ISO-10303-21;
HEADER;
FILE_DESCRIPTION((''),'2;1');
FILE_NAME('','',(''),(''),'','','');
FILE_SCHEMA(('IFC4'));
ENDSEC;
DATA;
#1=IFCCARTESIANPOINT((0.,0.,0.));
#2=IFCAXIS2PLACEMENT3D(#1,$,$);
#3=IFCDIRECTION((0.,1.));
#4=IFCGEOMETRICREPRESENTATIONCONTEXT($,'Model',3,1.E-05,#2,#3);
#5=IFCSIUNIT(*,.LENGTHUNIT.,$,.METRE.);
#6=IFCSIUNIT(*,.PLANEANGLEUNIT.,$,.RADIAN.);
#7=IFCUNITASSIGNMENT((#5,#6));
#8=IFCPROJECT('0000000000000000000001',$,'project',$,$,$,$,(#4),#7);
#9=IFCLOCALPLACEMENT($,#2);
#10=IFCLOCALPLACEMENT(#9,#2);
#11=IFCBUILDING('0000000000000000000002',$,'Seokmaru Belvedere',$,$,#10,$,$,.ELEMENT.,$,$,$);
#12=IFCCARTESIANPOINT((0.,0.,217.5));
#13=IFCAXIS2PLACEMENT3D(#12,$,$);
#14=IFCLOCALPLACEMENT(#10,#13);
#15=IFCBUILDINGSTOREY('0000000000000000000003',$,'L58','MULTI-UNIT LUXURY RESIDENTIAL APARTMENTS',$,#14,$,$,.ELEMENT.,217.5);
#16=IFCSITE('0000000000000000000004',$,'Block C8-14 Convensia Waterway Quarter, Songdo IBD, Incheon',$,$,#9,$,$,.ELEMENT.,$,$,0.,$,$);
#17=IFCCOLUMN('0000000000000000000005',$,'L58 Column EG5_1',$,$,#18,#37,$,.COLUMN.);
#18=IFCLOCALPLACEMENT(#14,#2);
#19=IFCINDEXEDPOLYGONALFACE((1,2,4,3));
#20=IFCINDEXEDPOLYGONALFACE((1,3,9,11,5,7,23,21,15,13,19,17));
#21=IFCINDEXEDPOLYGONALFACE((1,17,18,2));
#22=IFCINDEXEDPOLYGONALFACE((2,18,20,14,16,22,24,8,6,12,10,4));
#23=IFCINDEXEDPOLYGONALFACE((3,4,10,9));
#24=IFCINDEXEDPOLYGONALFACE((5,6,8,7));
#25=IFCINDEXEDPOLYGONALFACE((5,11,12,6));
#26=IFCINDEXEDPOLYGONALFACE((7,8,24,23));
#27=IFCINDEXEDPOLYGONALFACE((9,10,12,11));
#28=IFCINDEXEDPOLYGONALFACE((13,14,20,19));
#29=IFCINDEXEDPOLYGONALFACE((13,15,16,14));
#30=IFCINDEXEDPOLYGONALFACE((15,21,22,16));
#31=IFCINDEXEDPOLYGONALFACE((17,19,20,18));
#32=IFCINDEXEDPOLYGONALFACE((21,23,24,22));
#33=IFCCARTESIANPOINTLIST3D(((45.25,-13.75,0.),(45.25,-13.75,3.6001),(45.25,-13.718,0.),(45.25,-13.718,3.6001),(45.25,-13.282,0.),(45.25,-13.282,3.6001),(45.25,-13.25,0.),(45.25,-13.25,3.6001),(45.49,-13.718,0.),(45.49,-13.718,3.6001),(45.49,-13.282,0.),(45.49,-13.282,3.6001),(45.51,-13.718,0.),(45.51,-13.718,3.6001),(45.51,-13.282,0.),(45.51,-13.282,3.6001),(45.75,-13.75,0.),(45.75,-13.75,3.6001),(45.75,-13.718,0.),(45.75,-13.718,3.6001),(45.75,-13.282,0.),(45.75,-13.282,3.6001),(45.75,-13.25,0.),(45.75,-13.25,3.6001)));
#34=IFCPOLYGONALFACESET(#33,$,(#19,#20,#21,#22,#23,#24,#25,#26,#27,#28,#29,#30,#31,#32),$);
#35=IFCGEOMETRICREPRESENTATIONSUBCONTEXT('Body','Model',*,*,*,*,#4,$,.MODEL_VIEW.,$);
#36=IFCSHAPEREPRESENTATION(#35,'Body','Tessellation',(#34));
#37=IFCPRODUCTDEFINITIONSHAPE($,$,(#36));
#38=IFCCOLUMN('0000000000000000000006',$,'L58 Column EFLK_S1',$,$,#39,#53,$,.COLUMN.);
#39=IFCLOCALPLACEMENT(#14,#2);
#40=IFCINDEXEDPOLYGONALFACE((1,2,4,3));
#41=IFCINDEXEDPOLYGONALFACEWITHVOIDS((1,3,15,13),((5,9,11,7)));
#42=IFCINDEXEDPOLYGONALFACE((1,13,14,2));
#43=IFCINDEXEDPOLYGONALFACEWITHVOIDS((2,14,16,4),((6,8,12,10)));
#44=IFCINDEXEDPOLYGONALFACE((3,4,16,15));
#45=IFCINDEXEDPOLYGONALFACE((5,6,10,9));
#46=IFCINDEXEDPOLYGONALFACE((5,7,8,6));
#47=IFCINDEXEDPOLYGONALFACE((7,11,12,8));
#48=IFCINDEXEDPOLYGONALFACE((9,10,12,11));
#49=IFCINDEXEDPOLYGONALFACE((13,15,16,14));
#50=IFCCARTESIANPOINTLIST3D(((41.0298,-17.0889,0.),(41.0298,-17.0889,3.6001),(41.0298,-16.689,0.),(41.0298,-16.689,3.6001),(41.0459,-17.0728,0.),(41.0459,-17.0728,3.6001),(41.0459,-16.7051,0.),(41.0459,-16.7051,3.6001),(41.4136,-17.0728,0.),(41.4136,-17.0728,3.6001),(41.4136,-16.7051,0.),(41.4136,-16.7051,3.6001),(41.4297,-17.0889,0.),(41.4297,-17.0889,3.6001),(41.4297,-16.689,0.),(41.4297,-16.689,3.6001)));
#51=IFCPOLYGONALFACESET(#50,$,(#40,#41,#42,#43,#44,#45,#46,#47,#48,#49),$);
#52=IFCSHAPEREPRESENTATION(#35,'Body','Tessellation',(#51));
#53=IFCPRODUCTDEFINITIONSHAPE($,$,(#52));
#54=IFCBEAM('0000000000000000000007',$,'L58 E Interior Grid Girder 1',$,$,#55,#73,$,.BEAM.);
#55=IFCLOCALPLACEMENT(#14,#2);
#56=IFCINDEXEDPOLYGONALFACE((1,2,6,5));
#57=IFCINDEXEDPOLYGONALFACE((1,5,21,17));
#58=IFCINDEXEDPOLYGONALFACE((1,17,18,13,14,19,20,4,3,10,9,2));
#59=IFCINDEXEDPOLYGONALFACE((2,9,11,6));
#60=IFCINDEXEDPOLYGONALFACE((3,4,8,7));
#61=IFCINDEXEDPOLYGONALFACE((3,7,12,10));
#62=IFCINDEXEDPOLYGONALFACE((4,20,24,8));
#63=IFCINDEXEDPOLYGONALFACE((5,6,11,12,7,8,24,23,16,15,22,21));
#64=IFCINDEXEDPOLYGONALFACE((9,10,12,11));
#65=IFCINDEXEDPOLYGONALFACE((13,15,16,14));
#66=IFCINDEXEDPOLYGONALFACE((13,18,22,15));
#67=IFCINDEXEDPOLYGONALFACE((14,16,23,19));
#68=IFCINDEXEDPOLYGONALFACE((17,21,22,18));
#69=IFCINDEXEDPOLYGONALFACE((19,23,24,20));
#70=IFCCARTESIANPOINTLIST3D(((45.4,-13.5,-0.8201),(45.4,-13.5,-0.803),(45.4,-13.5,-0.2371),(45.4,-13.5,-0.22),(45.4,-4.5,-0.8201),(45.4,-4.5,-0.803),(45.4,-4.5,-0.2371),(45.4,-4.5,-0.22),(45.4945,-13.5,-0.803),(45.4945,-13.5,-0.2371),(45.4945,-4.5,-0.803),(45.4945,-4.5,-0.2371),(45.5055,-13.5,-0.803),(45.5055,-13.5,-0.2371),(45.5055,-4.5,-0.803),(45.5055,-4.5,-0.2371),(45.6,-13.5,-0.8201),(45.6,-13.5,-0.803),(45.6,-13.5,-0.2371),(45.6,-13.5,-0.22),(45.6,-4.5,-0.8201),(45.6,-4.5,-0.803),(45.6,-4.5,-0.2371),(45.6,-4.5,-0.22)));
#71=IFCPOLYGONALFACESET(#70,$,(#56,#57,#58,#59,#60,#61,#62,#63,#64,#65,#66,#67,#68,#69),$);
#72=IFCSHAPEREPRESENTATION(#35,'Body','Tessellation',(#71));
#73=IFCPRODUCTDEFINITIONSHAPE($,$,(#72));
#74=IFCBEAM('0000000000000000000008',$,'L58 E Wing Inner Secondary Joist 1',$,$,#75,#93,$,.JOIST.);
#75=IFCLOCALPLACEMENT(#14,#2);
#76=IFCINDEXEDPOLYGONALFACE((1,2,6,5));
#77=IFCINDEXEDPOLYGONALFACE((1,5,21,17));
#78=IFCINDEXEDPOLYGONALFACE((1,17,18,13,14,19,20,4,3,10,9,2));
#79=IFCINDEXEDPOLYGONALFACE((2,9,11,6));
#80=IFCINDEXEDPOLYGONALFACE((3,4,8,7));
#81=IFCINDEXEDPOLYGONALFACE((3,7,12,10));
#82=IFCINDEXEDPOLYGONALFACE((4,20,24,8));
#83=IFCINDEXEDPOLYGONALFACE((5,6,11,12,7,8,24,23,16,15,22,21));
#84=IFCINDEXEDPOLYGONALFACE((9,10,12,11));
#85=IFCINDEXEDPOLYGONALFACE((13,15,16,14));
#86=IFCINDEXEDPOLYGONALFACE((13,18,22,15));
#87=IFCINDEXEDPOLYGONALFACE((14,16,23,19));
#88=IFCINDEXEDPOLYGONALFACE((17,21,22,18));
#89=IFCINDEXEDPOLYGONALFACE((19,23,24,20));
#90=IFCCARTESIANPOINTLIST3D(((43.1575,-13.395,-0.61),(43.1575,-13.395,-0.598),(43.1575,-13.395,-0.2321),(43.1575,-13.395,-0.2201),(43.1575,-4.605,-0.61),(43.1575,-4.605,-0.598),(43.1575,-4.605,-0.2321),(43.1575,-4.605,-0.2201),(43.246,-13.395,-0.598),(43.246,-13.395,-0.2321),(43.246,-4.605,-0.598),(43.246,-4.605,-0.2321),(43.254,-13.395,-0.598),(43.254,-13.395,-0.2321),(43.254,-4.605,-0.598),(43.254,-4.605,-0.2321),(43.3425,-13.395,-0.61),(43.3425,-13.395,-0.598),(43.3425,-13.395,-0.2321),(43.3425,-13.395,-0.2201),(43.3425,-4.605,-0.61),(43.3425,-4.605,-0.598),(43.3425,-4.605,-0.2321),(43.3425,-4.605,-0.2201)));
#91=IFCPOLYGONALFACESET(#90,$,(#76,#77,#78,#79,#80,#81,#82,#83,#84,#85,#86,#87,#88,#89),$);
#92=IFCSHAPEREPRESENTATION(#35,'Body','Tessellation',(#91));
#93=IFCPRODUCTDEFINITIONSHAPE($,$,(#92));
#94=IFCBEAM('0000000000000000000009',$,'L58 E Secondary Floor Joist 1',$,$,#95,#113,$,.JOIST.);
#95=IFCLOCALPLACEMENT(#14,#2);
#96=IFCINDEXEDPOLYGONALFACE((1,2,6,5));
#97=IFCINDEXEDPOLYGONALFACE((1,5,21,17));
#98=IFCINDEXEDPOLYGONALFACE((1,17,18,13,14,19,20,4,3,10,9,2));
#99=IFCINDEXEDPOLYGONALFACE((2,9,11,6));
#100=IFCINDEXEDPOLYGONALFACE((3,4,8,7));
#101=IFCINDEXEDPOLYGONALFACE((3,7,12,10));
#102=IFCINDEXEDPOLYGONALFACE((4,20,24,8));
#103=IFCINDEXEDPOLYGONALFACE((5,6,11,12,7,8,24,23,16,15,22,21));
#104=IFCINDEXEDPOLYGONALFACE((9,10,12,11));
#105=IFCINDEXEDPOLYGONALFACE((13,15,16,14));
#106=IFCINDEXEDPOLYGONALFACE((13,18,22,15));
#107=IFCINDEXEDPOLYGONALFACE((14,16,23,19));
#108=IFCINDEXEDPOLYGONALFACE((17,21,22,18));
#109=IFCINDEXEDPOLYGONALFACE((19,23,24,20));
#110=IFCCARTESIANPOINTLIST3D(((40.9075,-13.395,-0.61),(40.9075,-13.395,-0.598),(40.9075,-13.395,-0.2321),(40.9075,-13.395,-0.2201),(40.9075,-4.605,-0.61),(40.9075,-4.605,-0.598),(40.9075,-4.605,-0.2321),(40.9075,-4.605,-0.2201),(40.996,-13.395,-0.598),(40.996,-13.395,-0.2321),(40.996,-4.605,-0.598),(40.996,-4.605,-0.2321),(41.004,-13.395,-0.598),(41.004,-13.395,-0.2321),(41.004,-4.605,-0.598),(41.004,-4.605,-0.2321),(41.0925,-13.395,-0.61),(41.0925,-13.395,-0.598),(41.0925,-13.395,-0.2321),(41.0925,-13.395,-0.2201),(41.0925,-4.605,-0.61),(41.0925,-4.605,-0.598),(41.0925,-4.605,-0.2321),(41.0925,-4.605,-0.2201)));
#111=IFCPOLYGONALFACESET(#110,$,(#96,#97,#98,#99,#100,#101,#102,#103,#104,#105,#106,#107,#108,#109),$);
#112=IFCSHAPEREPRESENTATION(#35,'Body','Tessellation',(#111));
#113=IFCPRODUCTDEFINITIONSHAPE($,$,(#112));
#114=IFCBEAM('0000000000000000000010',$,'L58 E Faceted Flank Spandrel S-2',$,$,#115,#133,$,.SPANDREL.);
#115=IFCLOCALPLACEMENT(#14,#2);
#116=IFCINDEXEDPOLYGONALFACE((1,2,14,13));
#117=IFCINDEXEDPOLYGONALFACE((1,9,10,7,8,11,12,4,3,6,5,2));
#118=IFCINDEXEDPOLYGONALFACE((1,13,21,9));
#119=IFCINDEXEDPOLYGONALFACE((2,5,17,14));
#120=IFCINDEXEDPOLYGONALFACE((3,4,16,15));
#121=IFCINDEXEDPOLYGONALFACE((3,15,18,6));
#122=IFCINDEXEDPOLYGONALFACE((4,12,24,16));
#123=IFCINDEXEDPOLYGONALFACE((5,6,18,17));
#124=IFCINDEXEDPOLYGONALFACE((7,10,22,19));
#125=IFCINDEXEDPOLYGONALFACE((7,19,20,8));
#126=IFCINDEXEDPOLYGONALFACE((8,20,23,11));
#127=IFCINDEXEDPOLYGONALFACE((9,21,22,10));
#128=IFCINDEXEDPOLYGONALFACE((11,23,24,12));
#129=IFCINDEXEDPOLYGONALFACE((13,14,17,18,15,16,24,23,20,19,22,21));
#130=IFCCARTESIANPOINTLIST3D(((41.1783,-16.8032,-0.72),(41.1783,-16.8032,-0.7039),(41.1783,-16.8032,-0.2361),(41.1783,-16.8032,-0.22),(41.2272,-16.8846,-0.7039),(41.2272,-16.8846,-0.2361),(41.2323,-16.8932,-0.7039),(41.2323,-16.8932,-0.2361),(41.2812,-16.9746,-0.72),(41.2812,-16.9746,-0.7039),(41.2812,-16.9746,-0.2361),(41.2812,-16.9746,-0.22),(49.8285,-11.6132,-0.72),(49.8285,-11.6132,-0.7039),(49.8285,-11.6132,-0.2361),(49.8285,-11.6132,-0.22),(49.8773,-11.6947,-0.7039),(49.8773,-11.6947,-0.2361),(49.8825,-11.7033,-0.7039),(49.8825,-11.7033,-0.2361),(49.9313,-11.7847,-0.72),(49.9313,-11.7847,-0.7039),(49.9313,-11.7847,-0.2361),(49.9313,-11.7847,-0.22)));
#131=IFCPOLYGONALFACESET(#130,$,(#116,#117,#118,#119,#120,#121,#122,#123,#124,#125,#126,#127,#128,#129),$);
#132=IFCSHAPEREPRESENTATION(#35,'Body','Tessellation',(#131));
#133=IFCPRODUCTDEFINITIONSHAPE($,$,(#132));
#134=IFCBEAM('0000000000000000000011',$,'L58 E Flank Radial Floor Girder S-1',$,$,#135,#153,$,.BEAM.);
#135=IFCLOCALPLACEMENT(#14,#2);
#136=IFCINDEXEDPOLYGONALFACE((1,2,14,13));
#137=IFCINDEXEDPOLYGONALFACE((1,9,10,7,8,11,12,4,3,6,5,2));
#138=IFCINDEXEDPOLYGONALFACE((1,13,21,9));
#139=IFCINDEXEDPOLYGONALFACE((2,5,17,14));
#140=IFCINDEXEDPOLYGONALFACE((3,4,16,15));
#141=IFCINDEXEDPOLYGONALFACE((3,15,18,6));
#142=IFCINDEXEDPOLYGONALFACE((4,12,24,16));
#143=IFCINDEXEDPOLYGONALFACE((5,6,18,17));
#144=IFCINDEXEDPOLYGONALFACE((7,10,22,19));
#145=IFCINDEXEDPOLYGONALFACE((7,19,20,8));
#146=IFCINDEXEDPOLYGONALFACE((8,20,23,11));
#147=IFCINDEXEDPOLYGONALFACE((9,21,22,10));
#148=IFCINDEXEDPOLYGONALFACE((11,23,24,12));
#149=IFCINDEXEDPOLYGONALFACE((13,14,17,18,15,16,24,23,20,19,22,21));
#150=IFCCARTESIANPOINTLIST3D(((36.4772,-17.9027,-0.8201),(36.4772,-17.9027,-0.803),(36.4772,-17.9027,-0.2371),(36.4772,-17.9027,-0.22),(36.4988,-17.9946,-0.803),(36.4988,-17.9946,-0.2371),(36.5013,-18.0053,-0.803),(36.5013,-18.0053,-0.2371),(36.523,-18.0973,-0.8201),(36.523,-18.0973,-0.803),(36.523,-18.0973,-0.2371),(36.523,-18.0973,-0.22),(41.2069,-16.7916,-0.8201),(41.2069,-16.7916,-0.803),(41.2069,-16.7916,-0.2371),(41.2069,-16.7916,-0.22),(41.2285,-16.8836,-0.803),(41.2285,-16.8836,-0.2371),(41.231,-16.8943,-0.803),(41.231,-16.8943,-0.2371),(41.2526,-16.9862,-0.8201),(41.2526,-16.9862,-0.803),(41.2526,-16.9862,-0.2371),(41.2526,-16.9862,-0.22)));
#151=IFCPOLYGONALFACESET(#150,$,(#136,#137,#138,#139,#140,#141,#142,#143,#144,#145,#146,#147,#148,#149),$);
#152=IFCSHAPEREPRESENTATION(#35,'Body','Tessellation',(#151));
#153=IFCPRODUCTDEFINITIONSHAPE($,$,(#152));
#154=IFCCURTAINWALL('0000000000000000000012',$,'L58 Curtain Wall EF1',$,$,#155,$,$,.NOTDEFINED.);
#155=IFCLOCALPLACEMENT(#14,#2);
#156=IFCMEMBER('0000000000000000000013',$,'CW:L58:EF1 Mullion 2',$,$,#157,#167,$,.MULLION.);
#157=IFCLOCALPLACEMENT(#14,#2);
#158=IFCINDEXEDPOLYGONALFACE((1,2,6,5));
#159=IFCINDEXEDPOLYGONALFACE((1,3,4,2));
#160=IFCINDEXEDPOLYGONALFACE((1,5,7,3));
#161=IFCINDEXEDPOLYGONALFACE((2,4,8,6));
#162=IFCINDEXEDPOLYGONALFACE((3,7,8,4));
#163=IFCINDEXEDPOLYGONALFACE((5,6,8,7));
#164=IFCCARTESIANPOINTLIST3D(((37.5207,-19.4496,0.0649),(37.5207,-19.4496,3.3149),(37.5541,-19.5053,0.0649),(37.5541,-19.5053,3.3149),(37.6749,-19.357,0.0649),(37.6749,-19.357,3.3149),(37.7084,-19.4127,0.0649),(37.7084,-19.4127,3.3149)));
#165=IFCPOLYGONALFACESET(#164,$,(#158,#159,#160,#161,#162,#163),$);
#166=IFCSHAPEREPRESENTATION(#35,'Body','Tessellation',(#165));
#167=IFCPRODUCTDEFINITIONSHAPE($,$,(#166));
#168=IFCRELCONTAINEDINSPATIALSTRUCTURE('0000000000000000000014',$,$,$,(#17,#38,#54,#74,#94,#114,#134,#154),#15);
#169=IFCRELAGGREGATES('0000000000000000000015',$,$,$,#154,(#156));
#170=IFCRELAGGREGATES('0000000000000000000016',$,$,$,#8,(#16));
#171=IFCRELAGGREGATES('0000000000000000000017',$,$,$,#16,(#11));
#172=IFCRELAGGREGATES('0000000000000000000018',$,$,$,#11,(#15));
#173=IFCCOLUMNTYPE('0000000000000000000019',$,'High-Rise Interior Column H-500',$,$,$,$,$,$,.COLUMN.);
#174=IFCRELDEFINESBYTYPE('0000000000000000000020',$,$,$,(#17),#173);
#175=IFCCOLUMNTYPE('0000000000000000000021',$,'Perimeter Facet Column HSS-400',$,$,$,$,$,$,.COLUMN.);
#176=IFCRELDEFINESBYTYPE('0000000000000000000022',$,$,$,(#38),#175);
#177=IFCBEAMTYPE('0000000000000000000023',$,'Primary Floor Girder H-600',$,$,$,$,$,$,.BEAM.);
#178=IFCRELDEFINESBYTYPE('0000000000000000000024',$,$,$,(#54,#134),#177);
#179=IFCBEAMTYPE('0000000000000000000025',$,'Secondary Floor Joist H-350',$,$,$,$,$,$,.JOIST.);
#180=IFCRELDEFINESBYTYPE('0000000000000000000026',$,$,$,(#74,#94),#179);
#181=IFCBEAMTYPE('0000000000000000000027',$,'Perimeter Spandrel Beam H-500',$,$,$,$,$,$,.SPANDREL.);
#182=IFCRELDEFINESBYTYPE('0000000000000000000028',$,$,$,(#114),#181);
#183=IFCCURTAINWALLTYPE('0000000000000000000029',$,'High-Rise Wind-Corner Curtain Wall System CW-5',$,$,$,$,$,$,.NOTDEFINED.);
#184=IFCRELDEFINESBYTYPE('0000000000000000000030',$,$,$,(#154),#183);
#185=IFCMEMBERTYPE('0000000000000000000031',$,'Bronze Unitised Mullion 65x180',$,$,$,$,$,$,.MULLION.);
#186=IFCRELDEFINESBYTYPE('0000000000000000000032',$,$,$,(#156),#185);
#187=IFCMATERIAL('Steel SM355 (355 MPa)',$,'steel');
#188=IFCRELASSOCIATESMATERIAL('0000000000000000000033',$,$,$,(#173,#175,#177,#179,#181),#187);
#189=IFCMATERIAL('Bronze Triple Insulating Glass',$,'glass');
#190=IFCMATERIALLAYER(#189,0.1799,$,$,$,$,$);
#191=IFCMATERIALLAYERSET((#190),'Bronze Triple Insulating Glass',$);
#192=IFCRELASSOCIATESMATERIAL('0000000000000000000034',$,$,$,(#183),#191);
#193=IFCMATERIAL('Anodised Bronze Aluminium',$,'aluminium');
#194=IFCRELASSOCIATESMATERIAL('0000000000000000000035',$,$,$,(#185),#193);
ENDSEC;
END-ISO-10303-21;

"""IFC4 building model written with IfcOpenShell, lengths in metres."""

from ifc_helpers import new_model, si_unit, direction, frame, origin, origin_2d, place, context, subcontext, project, spatial, rectangle, hollow_rectangle, i_section, extrude, source, transform, mapped, material, layer, layer_set, material_profile, profile_set, type_object, type_shapes, element, aggregate, save


model = new_model("IFC4")

# Units and contexts
model_context = context("Model", 3, precision=1e-05, world=origin(), true_north=direction((0.0, 1.0)))
body_context = subcontext(model_context, "Body", "Model", "MODEL_VIEW")
ifc_project = project(units=[si_unit("LENGTHUNIT", "METRE"), si_unit("PLANEANGLEUNIT", "RADIAN")], contexts=[model_context])

# Site, building, storey
site_placement = place(None, origin())
site = spatial("IfcSite", under=ifc_project, at=site_placement, Name="Block C8-14 Convensia Waterway Quarter, Songdo IBD, Incheon", CompositionType="ELEMENT", RefElevation=0.0)
building_placement = place(site_placement, origin())
building = spatial("IfcBuilding", under=site, at=building_placement, Name="Seokmaru Belvedere", CompositionType="ELEMENT")
storey_placement = place(building_placement, frame((0.0, 0.0, 217.5)))
storey = spatial("IfcBuildingStorey", under=building, at=storey_placement, Name="L58", Description="MULTI-UNIT LUXURY RESIDENTIAL APARTMENTS", CompositionType="ELEMENT", Elevation=217.5)

# Columns
ifc_material_1 = material(Name="Steel SM355 (355 MPa)", Category="steel")
ifc_material_profile_1 = material_profile(ifc_material_1, i_section(OverallWidth=0.5, OverallDepth=0.5, WebThickness=0.02, FlangeThickness=0.032, at=origin_2d()), Name="H-500x500x20x32")
ifc_profile_set_1 = profile_set([ifc_material_profile_1], Name="Steel SM355 (355 MPa)")
column_type_1 = type_object("IfcColumnType", Name="High-Rise Interior Column H-500", PredefinedType="COLUMN", material=ifc_profile_set_1)
shared_shape_1 = source(origin(), body_context, "Body", "SweptSolid", [
    extrude(i_section(OverallWidth=0.5, OverallDepth=0.5, WebThickness=0.02, FlangeThickness=0.032, at=origin_2d()), origin(), (0.0, 0.0, 1.0), 3.6001),
])
type_shapes(column_type_1, [shared_shape_1])
column_1_placement = place(storey_placement, frame((45.5, -13.5, 0.0), z_axis=(0.0, 0.0, 1.0), x_axis=(1.0, 0.0, 0.0)))
element("IfcColumn", 1, at=column_1_placement, inside=storey, type_object=column_type_1, Name="L58 Column EG5_1", PredefinedType="COLUMN", context=body_context, shape_type="MappedRepresentation", body=[
    mapped(shared_shape_1, transform((0.0, 0.0, 0.0), scale=1.0)),
])
ifc_material_profile_2 = material_profile(ifc_material_1, hollow_rectangle(XDim=0.3999, YDim=0.3999, WallThickness=0.0161, at=origin_2d()), Name="HSS-400x400x16")
ifc_profile_set_2 = profile_set([ifc_material_profile_2], Name="Steel SM355 (355 MPa)")
column_type_2 = type_object("IfcColumnType", Name="Perimeter Facet Column HSS-400", PredefinedType="COLUMN", material=ifc_profile_set_2)
shared_shape_2 = source(origin(), body_context, "Body", "SweptSolid", [
    extrude(hollow_rectangle(XDim=0.3999, YDim=0.3999, WallThickness=0.0161, at=origin_2d()), origin(), (0.0, 0.0, 1.0), 3.6001),
])
type_shapes(column_type_2, [shared_shape_2])
column_2_placement = place(storey_placement, frame((41.2297, -16.8889, 0.0), z_axis=(0.0, 0.0, 1.0), x_axis=(1.0, 0.0, 0.0)))
element("IfcColumn", 2, at=column_2_placement, inside=storey, type_object=column_type_2, Name="L58 Column EFLK_S1", PredefinedType="COLUMN", context=body_context, shape_type="MappedRepresentation", body=[
    mapped(shared_shape_2, transform((0.0, 0.0, 0.0), scale=1.0)),
])

# Beams
ifc_material_profile_3 = material_profile(ifc_material_1, i_section(OverallWidth=0.2, OverallDepth=0.6001, WebThickness=0.011, FlangeThickness=0.0171, at=origin_2d()), Name="H-600x200x11x17")
ifc_profile_set_3 = profile_set([ifc_material_profile_3], Name="Steel SM355 (355 MPa)")
beam_type_1 = type_object("IfcBeamType", Name="Primary Floor Girder H-600", PredefinedType="BEAM", material=ifc_profile_set_3)
shared_shape_3 = source(origin(), body_context, "Body", "SweptSolid", [
    extrude(i_section(OverallWidth=0.2, OverallDepth=0.6001, WebThickness=0.011, FlangeThickness=0.0171, at=origin_2d()), origin(), (0.0, 0.0, 1.0), 9.0),
])
beam_1_placement = place(storey_placement, frame((45.5, -13.5, -0.52), z_axis=(0.0, 1.0, 0.0), x_axis=(-1.0, 0.0, 0.0)))
element("IfcBeam", 3, at=beam_1_placement, inside=storey, type_object=beam_type_1, Name="L58 E Interior Grid Girder 1", PredefinedType="BEAM", context=body_context, shape_type="MappedRepresentation", body=[
    mapped(shared_shape_3, transform((0.0, 0.0, 0.0), scale=1.0)),
])
ifc_material_profile_4 = material_profile(ifc_material_1, i_section(OverallWidth=0.1851, OverallDepth=0.3899, WebThickness=0.0081, FlangeThickness=0.012, at=origin_2d()), Name="H-390x185x8x12")
ifc_profile_set_4 = profile_set([ifc_material_profile_4], Name="Steel SM355 (355 MPa)")
beam_type_2 = type_object("IfcBeamType", Name="Secondary Floor Joist H-350", PredefinedType="JOIST", material=ifc_profile_set_4)
shared_shape_4 = source(origin(), body_context, "Body", "SweptSolid", [
    extrude(i_section(OverallWidth=0.1851, OverallDepth=0.3899, WebThickness=0.0081, FlangeThickness=0.012, at=origin_2d()), origin(), (0.0, 0.0, 1.0), 8.79),
])
type_shapes(beam_type_2, [shared_shape_4])
for number, where, z_axis, x_axis, name in (
    (4, (43.25, -13.395, -0.415), (0.0, 1.0, 0.0), (-1.0, 0.0, 0.0), "L58 E Wing Inner Secondary Joist 1"),
    (5, (41.0, -13.395, -0.415), (0.0, 1.0, 0.0), (-1.0, 0.0, 0.0), "L58 E Secondary Floor Joist 1"),
):
    element("IfcBeam", number, at=place(storey_placement, frame(where, z_axis=z_axis, x_axis=x_axis)), inside=storey, type_object=beam_type_2, Name=name, PredefinedType="JOIST", context=body_context, shape_type="MappedRepresentation", body=[
        mapped(shared_shape_4, transform((0.0, 0.0, 0.0), scale=1.0)),
    ])
ifc_material_profile_5 = material_profile(ifc_material_1, i_section(OverallWidth=0.2, OverallDepth=0.5, WebThickness=0.01, FlangeThickness=0.0161, at=origin_2d()), Name="H-500x200x10x16")
ifc_profile_set_5 = profile_set([ifc_material_profile_5], Name="Steel SM355 (355 MPa)")
beam_type_3 = type_object("IfcBeamType", Name="Perimeter Spandrel Beam H-500", PredefinedType="SPANDREL", material=ifc_profile_set_5)
shared_shape_5 = source(origin(), body_context, "Body", "SweptSolid", [
    extrude(i_section(OverallWidth=0.2, OverallDepth=0.5, WebThickness=0.01, FlangeThickness=0.0161, at=origin_2d()), origin(), (0.0, 0.0, 1.0), 10.0876),
])
type_shapes(beam_type_3, [shared_shape_5])
beam_2_placement = place(storey_placement, frame((41.2297, -16.8889, -0.47), z_axis=(0.857499, 0.514485, 0.0), x_axis=(-0.514485, 0.857499, 0.0)))
element("IfcBeam", 6, at=beam_2_placement, inside=storey, type_object=beam_type_3, Name="L58 E Faceted Flank Spandrel S-2", PredefinedType="SPANDREL", context=body_context, shape_type="MappedRepresentation", body=[
    mapped(shared_shape_5, transform((0.0, 0.0, 0.0), scale=1.0)),
])
shared_shape_6 = source(origin(), body_context, "Body", "SweptSolid", [
    extrude(i_section(OverallWidth=0.2, OverallDepth=0.6001, WebThickness=0.011, FlangeThickness=0.0171, at=origin_2d()), origin(), (0.0, 0.0, 1.0), 4.8584),
])
type_shapes(beam_type_1, [shared_shape_3, shared_shape_6])
beam_3_placement = place(storey_placement, frame((41.2297, -16.8889, -0.52), z_axis=(-0.973499, -0.228689, 0.0), x_axis=(0.228689, -0.973499, 0.0)))
element("IfcBeam", 7, at=beam_3_placement, inside=storey, type_object=beam_type_1, Name="L58 E Flank Radial Floor Girder S-1", PredefinedType="BEAM", context=body_context, shape_type="MappedRepresentation", body=[
    mapped(shared_shape_6, transform((0.0, 0.0, 0.0), scale=1.0)),
])

# Curtain wall, member
ifc_material_2 = material(Name="Bronze Triple Insulating Glass", Category="glass")
ifc_layer_1 = layer(ifc_material_2, 0.1799)
ifc_layer_set_1 = layer_set([ifc_layer_1], Name="Bronze Triple Insulating Glass")
curtain_wall_type = type_object("IfcCurtainWallType", Name="High-Rise Wind-Corner Curtain Wall System CW-5", PredefinedType="NOTDEFINED", material=ifc_layer_set_1)
curtain_wall_placement = place(storey_placement, origin())
curtain_wall = element("IfcCurtainWall", 8, at=curtain_wall_placement, inside=storey, type_object=curtain_wall_type, Name="L58 Curtain Wall EF1", PredefinedType="NOTDEFINED")
ifc_material_3 = material(Name="Anodised Bronze Aluminium", Category="aluminium")
ifc_material_profile_6 = material_profile(ifc_material_3, rectangle(XDim=0.0649, YDim=0.1799, at=origin_2d()), Name="CW-M-65x180")
ifc_profile_set_6 = profile_set([ifc_material_profile_6], Name="Anodised Bronze Aluminium")
member_type = type_object("IfcMemberType", Name="Bronze Unitised Mullion 65x180", PredefinedType="MULLION", material=ifc_profile_set_6)
shared_shape_7 = source(origin(), body_context, "Body", "SweptSolid", [
    extrude(rectangle(XDim=0.0649, YDim=0.1799, at=origin_2d()), origin(), (0.0, 0.0, 1.0), 3.25),
])
type_shapes(member_type, [shared_shape_7])
member_1_placement = place(storey_placement, frame((37.6145, -19.4312, 0.0649), z_axis=(0.0, 0.0, 1.0), x_axis=(-0.514495, 0.857493, 0.0)))
member_1 = element("IfcMember", 9, at=member_1_placement, type_object=member_type, Name="CW:L58:EF1 Mullion 2", PredefinedType="MULLION", context=body_context, shape_type="MappedRepresentation", body=[
    mapped(shared_shape_7, transform((0.0, 0.0, 0.0), scale=1.0)),
])
aggregate(curtain_wall, [member_1])

save(model, "model.ifc")
